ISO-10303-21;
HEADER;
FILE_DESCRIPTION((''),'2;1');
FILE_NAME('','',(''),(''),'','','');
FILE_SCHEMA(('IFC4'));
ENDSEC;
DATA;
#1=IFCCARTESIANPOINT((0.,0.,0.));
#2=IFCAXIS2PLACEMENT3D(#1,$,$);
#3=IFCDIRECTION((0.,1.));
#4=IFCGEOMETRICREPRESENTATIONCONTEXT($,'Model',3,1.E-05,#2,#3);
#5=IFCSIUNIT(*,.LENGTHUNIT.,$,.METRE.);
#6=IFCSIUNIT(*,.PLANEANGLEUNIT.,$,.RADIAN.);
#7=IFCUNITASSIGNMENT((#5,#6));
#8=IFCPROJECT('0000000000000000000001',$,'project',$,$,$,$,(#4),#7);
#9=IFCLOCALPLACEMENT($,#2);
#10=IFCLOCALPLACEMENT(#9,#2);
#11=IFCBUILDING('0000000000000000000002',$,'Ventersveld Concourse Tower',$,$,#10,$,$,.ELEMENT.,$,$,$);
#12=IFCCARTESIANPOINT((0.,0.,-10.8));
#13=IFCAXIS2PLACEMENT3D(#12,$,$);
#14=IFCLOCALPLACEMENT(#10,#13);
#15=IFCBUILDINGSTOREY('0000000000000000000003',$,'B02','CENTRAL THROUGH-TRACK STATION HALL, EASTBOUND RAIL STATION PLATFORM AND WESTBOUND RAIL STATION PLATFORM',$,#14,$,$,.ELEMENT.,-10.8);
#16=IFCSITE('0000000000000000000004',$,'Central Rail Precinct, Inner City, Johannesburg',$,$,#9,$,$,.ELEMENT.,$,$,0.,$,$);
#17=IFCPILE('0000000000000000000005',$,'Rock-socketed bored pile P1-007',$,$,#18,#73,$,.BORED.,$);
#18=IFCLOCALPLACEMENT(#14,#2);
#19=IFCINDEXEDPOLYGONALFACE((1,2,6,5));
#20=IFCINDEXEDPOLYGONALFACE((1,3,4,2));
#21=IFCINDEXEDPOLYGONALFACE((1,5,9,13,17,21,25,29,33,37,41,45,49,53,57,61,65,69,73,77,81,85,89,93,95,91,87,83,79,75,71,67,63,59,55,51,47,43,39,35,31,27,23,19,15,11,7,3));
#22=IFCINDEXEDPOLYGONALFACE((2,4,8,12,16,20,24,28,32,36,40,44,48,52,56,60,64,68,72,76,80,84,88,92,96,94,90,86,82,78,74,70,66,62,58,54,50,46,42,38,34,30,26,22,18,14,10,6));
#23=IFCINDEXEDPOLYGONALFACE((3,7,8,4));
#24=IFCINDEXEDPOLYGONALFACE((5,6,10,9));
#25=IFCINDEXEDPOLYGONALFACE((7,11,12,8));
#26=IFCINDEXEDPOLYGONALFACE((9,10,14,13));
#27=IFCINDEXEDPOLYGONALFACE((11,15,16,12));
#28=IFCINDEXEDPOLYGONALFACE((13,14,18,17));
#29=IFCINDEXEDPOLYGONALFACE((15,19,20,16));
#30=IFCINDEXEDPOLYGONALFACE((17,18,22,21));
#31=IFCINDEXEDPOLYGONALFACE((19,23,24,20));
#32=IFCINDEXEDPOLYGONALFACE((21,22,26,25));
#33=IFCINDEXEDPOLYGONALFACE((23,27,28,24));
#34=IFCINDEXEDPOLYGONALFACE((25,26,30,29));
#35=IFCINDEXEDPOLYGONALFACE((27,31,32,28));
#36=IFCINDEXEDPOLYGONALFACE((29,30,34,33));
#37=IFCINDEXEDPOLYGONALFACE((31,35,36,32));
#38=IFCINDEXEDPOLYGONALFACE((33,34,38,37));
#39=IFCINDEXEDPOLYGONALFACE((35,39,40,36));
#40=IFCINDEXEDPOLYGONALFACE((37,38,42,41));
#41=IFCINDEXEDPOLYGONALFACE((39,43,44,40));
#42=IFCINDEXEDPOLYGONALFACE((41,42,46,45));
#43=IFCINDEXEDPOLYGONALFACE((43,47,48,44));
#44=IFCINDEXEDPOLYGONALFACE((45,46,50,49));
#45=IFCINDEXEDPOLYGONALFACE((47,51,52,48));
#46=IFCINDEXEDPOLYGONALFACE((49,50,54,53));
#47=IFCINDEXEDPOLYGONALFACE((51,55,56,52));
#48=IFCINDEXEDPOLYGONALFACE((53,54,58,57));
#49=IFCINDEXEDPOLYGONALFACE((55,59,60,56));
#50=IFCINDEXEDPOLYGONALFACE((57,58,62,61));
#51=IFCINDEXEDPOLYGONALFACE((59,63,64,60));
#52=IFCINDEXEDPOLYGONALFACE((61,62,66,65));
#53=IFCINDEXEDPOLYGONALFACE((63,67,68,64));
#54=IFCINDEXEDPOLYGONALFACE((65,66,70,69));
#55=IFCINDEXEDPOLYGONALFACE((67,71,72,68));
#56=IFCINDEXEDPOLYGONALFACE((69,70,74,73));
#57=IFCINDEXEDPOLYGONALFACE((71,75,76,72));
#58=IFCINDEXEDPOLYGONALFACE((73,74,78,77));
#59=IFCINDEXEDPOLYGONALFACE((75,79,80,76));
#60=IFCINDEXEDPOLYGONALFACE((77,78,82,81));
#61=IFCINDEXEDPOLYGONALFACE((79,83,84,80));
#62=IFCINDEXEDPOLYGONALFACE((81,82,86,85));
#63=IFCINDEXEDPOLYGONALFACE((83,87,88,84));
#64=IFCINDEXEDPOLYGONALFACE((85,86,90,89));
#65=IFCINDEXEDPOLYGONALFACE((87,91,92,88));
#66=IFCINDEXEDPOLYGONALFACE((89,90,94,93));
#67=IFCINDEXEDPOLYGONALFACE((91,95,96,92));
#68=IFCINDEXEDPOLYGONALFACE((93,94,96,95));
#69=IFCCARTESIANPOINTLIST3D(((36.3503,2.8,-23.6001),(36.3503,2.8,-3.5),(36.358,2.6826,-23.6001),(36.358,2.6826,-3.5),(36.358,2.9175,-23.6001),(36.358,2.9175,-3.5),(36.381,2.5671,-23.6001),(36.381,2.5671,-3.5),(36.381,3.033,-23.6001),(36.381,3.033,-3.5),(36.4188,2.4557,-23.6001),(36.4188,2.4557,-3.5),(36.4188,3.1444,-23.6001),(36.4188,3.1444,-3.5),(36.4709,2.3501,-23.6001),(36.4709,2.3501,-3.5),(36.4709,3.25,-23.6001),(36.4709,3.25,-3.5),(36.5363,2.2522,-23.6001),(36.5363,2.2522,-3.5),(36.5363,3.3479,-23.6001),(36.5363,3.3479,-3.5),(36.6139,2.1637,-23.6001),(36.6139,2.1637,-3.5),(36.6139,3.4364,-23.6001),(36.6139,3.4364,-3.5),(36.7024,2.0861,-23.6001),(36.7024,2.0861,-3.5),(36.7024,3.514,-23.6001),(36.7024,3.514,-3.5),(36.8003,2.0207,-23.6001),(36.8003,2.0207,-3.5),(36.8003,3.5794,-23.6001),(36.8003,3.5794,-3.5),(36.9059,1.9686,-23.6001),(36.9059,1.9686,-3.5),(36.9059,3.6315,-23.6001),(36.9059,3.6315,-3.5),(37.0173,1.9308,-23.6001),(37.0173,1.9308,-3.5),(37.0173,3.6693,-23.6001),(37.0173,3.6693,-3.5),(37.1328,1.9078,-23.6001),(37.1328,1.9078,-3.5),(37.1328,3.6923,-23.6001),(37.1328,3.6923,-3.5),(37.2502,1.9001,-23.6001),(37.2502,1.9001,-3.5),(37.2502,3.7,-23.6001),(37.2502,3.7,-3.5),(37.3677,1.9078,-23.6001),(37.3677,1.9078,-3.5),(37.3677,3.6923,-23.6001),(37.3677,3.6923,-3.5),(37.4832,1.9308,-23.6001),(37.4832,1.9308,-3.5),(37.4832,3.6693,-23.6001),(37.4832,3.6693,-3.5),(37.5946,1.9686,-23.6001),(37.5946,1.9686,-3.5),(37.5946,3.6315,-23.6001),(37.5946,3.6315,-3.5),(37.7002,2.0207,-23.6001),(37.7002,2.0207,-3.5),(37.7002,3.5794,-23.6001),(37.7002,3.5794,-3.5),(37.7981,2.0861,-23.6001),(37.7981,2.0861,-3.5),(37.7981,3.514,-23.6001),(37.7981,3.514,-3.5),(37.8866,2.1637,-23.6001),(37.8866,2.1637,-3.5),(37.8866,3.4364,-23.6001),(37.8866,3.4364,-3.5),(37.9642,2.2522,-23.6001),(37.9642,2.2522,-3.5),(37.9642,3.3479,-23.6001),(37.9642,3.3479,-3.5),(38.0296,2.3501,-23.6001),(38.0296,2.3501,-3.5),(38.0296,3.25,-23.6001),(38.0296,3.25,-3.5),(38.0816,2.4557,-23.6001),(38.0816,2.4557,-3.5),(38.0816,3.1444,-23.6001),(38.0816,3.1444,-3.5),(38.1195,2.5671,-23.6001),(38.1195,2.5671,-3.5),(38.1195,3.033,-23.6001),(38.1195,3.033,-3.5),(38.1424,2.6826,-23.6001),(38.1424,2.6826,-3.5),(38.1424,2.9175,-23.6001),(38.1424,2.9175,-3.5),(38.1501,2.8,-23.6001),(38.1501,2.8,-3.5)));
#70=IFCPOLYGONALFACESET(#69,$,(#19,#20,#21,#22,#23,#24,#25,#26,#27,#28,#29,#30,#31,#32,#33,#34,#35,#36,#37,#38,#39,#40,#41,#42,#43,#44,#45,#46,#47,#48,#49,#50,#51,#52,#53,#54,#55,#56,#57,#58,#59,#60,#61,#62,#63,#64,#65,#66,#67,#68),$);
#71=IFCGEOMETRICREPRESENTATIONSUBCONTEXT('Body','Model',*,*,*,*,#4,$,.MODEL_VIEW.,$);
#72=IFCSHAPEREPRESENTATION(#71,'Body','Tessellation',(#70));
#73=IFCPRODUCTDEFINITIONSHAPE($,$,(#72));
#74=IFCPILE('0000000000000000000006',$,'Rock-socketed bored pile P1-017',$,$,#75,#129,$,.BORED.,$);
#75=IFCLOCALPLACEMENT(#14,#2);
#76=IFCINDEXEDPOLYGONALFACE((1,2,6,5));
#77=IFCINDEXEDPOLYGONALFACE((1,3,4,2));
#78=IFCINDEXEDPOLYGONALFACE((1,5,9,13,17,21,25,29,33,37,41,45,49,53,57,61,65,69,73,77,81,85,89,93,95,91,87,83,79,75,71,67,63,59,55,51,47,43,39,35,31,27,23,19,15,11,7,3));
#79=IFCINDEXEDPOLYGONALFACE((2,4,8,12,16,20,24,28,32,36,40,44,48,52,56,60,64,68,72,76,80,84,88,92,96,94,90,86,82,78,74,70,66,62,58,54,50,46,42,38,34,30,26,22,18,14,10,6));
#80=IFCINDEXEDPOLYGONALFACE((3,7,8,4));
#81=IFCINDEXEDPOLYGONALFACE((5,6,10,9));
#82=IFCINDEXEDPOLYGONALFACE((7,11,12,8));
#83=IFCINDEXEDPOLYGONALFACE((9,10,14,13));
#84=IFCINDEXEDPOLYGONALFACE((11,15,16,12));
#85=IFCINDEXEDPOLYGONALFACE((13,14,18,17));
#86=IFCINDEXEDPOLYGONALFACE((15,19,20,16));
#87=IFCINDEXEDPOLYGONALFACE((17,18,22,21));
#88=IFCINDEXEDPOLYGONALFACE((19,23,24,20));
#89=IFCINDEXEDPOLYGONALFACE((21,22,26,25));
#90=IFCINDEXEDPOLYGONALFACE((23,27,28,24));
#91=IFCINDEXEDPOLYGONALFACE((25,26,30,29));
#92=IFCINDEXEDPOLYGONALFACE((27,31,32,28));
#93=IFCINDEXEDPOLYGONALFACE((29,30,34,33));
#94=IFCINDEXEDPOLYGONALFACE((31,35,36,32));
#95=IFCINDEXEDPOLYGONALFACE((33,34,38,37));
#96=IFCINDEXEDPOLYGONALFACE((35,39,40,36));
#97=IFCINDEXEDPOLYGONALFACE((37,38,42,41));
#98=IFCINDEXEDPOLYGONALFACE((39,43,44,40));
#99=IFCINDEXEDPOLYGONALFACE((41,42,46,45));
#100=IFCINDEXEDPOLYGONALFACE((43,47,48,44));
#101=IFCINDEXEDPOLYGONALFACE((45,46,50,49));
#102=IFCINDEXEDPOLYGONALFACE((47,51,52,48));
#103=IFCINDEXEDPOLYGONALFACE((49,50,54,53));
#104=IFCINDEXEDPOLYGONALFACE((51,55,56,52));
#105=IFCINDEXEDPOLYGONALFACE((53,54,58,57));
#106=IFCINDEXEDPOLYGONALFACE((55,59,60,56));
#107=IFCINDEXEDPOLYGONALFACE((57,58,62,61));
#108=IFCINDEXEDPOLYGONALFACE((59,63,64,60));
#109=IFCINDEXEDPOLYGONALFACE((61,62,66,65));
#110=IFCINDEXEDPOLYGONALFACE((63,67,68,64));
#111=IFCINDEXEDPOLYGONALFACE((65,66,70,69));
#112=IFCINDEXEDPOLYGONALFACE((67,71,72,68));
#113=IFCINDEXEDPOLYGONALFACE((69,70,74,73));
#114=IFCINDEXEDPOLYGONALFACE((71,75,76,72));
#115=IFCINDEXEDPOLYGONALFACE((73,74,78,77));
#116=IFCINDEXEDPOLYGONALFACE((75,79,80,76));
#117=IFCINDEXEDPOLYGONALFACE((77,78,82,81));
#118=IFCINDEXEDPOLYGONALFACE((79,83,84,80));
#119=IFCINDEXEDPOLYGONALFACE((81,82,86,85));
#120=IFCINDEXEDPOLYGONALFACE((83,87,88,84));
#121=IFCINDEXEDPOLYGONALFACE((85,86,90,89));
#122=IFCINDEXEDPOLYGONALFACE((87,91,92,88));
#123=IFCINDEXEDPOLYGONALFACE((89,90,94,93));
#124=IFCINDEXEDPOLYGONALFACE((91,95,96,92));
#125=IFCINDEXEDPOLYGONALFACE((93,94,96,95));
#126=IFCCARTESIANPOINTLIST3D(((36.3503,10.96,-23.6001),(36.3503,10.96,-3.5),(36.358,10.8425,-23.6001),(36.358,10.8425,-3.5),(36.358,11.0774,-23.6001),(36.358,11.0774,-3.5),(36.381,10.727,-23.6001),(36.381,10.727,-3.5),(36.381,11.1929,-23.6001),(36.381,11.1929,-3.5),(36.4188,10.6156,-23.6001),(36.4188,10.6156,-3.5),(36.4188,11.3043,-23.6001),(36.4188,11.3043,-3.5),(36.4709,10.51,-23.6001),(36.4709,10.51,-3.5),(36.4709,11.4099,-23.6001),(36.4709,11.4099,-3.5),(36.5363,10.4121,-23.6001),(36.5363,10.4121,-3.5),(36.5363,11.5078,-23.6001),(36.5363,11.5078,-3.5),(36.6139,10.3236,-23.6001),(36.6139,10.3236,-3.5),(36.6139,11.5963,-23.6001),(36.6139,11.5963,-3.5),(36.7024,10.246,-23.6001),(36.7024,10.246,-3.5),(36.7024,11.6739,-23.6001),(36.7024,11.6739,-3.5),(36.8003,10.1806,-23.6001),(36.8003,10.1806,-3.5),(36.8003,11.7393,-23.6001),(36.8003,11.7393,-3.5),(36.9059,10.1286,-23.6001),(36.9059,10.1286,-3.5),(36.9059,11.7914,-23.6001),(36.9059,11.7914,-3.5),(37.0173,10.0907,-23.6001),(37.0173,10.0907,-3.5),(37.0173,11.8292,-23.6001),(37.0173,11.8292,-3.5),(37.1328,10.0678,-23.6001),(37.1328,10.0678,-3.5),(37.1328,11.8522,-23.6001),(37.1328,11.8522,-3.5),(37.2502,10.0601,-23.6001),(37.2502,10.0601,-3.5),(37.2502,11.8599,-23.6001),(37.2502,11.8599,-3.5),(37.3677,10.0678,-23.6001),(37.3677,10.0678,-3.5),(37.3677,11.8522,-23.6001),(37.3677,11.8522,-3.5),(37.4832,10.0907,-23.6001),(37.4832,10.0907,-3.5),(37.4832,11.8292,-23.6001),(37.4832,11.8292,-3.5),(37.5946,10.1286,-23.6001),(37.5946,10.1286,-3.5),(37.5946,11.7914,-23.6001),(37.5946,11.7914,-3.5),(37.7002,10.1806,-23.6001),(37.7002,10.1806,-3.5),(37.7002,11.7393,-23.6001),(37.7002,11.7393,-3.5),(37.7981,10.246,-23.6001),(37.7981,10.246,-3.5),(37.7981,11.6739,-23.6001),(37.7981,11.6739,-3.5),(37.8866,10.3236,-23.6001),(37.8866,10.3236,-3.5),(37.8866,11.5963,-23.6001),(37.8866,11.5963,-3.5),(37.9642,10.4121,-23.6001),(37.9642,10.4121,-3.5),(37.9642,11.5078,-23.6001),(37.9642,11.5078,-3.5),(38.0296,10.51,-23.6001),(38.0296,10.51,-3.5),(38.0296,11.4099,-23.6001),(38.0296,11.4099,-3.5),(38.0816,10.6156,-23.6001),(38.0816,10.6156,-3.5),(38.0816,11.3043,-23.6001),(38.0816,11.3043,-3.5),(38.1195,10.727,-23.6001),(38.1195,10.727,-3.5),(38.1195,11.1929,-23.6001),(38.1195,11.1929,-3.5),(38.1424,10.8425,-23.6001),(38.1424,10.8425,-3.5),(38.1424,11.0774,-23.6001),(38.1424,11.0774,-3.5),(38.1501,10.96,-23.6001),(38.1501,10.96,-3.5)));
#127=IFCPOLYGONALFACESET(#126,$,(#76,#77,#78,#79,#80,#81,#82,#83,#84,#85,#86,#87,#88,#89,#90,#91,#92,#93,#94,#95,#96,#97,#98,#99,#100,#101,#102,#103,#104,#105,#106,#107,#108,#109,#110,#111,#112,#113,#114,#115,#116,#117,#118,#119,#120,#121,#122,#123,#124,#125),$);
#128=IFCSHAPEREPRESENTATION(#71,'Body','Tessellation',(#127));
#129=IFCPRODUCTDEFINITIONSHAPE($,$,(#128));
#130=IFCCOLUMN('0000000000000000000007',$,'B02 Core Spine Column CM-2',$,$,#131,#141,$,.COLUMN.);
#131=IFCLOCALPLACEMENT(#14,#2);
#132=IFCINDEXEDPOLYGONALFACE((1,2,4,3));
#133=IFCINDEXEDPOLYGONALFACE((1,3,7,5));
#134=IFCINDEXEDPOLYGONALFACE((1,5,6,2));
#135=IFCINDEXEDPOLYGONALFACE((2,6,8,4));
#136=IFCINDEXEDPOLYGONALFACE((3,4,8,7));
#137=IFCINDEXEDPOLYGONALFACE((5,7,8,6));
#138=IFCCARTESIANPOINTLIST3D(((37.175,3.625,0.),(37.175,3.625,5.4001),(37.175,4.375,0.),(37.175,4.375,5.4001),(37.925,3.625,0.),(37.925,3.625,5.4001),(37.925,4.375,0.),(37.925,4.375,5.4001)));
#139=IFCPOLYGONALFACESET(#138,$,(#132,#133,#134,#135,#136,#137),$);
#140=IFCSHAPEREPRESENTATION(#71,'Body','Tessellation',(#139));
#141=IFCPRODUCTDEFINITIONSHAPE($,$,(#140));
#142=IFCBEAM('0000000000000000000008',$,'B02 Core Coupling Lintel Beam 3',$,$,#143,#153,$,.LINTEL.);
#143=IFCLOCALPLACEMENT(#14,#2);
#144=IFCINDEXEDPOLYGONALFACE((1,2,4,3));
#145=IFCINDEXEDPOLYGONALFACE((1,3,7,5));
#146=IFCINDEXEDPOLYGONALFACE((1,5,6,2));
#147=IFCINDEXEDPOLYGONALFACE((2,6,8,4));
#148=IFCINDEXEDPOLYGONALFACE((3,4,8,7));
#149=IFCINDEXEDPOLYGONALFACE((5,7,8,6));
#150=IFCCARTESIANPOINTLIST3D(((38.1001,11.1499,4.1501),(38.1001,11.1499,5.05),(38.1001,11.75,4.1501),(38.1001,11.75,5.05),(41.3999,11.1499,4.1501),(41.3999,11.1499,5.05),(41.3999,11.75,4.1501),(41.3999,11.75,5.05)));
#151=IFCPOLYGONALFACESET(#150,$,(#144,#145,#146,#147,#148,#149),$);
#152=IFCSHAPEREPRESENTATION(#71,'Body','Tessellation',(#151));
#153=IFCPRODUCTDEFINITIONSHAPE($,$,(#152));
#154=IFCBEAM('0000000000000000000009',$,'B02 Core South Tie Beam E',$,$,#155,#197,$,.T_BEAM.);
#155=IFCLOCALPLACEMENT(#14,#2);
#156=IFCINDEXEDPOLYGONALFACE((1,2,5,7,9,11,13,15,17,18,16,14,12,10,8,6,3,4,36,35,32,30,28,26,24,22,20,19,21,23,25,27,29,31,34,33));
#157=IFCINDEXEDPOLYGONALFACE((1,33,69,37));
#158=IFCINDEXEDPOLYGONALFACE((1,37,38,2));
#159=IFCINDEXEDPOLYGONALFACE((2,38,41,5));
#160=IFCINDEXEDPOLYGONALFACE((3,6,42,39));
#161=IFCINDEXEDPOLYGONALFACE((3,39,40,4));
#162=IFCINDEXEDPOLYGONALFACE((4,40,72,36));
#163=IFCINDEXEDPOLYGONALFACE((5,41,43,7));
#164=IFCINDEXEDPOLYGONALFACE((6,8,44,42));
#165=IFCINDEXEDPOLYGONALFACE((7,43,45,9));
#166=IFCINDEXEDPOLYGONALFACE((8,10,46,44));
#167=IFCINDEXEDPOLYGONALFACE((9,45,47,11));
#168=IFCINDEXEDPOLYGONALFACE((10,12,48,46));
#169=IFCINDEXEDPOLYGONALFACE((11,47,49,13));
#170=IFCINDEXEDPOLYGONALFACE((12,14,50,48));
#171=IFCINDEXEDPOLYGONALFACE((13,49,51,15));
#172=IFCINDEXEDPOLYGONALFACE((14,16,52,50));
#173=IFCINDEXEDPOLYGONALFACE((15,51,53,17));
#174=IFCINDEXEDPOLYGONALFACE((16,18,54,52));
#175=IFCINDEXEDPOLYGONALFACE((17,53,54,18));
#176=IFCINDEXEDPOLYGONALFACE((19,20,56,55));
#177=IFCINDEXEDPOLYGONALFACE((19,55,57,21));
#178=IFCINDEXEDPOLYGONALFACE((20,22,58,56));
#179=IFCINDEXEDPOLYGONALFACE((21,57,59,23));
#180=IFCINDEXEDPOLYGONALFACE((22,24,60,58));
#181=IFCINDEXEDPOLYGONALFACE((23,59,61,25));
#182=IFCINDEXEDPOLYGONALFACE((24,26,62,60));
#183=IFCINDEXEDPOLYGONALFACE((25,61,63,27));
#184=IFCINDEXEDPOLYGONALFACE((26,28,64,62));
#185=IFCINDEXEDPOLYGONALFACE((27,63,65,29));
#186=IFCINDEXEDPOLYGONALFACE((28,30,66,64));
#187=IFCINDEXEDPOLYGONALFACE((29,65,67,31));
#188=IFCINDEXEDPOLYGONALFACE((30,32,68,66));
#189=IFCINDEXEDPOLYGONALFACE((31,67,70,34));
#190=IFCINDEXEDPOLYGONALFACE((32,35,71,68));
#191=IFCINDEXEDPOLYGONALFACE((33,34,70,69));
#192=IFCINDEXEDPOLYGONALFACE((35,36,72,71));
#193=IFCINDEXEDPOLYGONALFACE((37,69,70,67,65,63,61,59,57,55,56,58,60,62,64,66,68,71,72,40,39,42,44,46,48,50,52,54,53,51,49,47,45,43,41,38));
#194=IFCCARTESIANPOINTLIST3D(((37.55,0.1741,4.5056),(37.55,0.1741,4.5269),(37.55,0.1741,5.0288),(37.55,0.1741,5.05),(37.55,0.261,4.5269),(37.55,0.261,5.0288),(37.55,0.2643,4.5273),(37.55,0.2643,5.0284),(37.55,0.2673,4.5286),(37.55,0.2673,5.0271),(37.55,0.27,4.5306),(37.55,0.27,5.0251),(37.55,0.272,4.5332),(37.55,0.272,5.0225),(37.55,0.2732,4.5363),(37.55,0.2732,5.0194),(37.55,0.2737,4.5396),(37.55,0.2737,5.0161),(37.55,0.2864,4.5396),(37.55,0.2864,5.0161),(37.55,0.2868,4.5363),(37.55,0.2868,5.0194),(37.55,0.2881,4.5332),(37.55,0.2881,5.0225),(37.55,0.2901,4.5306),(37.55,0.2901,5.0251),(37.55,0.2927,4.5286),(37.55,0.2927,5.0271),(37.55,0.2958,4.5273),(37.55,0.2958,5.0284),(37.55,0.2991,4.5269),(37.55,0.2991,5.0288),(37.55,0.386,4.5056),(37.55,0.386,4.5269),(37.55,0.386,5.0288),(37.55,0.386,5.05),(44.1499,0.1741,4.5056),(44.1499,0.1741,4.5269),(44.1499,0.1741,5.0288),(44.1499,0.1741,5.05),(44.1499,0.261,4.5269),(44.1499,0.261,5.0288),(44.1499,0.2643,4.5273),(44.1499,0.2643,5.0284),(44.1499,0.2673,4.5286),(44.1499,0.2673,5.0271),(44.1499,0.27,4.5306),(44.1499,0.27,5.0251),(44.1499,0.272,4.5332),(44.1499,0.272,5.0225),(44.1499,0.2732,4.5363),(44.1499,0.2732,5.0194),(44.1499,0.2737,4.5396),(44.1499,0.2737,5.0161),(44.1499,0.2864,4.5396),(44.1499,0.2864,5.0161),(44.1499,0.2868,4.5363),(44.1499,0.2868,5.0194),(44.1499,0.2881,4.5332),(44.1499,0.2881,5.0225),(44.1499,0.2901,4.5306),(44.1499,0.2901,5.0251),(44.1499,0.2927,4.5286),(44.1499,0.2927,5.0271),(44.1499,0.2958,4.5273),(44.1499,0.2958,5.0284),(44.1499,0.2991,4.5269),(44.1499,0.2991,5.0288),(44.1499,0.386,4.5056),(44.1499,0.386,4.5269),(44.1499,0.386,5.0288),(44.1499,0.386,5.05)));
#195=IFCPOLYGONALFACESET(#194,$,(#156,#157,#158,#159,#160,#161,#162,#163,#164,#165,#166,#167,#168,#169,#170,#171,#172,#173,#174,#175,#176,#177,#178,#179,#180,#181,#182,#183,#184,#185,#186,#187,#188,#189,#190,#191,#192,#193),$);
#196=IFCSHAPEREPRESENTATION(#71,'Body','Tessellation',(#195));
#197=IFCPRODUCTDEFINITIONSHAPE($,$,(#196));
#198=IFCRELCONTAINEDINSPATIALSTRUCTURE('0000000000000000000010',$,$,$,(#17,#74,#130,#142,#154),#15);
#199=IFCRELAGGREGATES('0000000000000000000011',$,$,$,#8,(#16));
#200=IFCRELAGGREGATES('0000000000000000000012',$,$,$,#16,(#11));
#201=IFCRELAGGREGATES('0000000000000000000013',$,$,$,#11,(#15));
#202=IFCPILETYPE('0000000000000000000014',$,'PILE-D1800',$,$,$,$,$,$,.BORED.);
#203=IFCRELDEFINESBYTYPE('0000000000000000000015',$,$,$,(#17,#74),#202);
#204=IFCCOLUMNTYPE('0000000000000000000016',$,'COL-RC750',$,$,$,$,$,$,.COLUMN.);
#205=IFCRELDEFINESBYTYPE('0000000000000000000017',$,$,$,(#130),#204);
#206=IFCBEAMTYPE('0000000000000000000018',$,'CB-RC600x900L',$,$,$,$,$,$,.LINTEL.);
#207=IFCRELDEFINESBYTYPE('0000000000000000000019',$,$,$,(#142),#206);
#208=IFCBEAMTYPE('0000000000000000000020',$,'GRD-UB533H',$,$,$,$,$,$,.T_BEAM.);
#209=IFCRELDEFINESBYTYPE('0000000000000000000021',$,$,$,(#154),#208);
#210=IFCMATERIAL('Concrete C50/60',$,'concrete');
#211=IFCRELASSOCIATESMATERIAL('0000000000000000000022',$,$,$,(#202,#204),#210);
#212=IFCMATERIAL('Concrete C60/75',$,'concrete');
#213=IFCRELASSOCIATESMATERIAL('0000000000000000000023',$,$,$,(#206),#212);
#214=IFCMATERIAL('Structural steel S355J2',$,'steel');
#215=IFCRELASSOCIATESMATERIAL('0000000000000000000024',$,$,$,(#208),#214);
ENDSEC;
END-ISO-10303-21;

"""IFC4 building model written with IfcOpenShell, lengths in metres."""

from ifc_helpers import new_model, si_unit, direction, frame, origin, origin_2d, place, context, subcontext, project, spatial, rectangle, circle, i_section, extrude, material, material_profile, profile_set, type_object, element, save


model = new_model("IFC4")

# Units and contexts
model_context = context("Model", 3, precision=1e-05, world=origin(), true_north=direction((0.0, 1.0)))
body_context = subcontext(model_context, "Body", "Model", "MODEL_VIEW")
ifc_project = project(units=[si_unit("LENGTHUNIT", "METRE"), si_unit("PLANEANGLEUNIT", "RADIAN")], contexts=[model_context])

# Site, building, storey
site_placement = place(None, origin())
site = spatial("IfcSite", under=ifc_project, at=site_placement, Name="Central Rail Precinct, Inner City, Johannesburg", CompositionType="ELEMENT", RefElevation=0.0)
building_placement = place(site_placement, origin())
building = spatial("IfcBuilding", under=site, at=building_placement, Name="Ventersveld Concourse Tower", CompositionType="ELEMENT")
storey_placement = place(building_placement, frame((0.0, 0.0, -10.8)))
storey = spatial("IfcBuildingStorey", under=building, at=storey_placement, Name="B02", Description="CENTRAL THROUGH-TRACK STATION HALL, EASTBOUND RAIL STATION PLATFORM AND WESTBOUND RAIL STATION PLATFORM", CompositionType="ELEMENT", Elevation=-10.8)

# Piles
ifc_material_1 = material(Name="Concrete C50/60", Category="concrete")
ifc_material_profile_1 = material_profile(ifc_material_1, circle(Radius=0.8999, at=origin_2d()), Name="PILE D1800")
ifc_profile_set_1 = profile_set([ifc_material_profile_1], Name="Concrete C50/60")
pile_type = type_object("IfcPileType", Name="PILE-D1800", PredefinedType="BORED", material=ifc_profile_set_1)
for number, where, z_axis, x_axis, name in (
    (1, (37.2502, 2.8, -3.5), (0.0, 0.0, -1.0), (1.0, 0.0, 0.0), "Rock-socketed bored pile P1-007"),
    (2, (37.2502, 10.96, -3.5), (0.0, 0.0, -1.0), (1.0, 0.0, 0.0), "Rock-socketed bored pile P1-017"),
):
    element("IfcPile", number, at=place(storey_placement, frame(where, z_axis=z_axis, x_axis=x_axis)), inside=storey, type_object=pile_type, Name=name, PredefinedType="BORED", context=body_context, shape_type="SweptSolid", body=[
        extrude(circle(Radius=0.8999, at=origin_2d()), origin(), (0.0, 0.0, 1.0), 20.1001),
    ])

# Column
ifc_material_profile_2 = material_profile(ifc_material_1, rectangle(XDim=0.75, YDim=0.75, at=origin_2d()), Name="RC 750x750")
ifc_profile_set_2 = profile_set([ifc_material_profile_2], Name="Concrete C50/60")
column_type = type_object("IfcColumnType", Name="COL-RC750", PredefinedType="COLUMN", material=ifc_profile_set_2)
column_placement = place(storey_placement, frame((37.55, 4.0, 0.0), z_axis=(0.0, 0.0, 1.0), x_axis=(1.0, 0.0, 0.0)))
element("IfcColumn", 3, at=column_placement, inside=storey, type_object=column_type, Name="B02 Core Spine Column CM-2", PredefinedType="COLUMN", context=body_context, shape_type="SweptSolid", body=[
    extrude(rectangle(XDim=0.75, YDim=0.75, at=origin_2d()), origin(), (0.0, 0.0, 1.0), 5.4001),
])

# Beams
ifc_material_2 = material(Name="Concrete C60/75", Category="concrete")
ifc_material_profile_3 = material_profile(ifc_material_2, rectangle(XDim=0.6001, YDim=0.8999, at=origin_2d()), Name="RC 600x900")
ifc_profile_set_3 = profile_set([ifc_material_profile_3], Name="Concrete C60/75")
beam_type_1 = type_object("IfcBeamType", Name="CB-RC600x900L", PredefinedType="LINTEL", material=ifc_profile_set_3)
beam_1_placement = place(storey_placement, frame((38.1001, 11.45, 4.6001), z_axis=(1.0, 0.0, 0.0), x_axis=(0.0, 1.0, 0.0)))
element("IfcBeam", 4, at=beam_1_placement, inside=storey, type_object=beam_type_1, Name="B02 Core Coupling Lintel Beam 3", PredefinedType="LINTEL", context=body_context, shape_type="SweptSolid", body=[
    extrude(rectangle(XDim=0.6001, YDim=0.8999, at=origin_2d()), origin(), (0.0, 0.0, 1.0), 3.2998),
])
ifc_material_3 = material(Name="Structural steel S355J2", Category="steel")
ifc_material_profile_4 = material_profile(ifc_material_3, i_section(OverallWidth=0.2119, OverallDepth=0.5444, WebThickness=0.0127, FlangeThickness=0.0212, FilletRadius=0.0127, at=origin_2d()), Name="UB 533x210x122")
ifc_profile_set_4 = profile_set([ifc_material_profile_4], Name="Structural steel S355J2")
beam_type_2 = type_object("IfcBeamType", Name="GRD-UB533H", PredefinedType="T_BEAM", material=ifc_profile_set_4)
beam_2_placement = place(storey_placement, frame((37.55, 0.28, 4.7778), z_axis=(1.0, 0.0, 0.0), x_axis=(0.0, 1.0, 0.0)))
element("IfcBeam", 5, at=beam_2_placement, inside=storey, type_object=beam_type_2, Name="B02 Core South Tie Beam E", PredefinedType="T_BEAM", context=body_context, shape_type="SweptSolid", body=[
    extrude(i_section(OverallWidth=0.2119, OverallDepth=0.5444, WebThickness=0.0127, FlangeThickness=0.0212, FilletRadius=0.0127, at=origin_2d()), origin(), (0.0, 0.0, 1.0), 6.5999),
])

save(model, "model.ifc")
